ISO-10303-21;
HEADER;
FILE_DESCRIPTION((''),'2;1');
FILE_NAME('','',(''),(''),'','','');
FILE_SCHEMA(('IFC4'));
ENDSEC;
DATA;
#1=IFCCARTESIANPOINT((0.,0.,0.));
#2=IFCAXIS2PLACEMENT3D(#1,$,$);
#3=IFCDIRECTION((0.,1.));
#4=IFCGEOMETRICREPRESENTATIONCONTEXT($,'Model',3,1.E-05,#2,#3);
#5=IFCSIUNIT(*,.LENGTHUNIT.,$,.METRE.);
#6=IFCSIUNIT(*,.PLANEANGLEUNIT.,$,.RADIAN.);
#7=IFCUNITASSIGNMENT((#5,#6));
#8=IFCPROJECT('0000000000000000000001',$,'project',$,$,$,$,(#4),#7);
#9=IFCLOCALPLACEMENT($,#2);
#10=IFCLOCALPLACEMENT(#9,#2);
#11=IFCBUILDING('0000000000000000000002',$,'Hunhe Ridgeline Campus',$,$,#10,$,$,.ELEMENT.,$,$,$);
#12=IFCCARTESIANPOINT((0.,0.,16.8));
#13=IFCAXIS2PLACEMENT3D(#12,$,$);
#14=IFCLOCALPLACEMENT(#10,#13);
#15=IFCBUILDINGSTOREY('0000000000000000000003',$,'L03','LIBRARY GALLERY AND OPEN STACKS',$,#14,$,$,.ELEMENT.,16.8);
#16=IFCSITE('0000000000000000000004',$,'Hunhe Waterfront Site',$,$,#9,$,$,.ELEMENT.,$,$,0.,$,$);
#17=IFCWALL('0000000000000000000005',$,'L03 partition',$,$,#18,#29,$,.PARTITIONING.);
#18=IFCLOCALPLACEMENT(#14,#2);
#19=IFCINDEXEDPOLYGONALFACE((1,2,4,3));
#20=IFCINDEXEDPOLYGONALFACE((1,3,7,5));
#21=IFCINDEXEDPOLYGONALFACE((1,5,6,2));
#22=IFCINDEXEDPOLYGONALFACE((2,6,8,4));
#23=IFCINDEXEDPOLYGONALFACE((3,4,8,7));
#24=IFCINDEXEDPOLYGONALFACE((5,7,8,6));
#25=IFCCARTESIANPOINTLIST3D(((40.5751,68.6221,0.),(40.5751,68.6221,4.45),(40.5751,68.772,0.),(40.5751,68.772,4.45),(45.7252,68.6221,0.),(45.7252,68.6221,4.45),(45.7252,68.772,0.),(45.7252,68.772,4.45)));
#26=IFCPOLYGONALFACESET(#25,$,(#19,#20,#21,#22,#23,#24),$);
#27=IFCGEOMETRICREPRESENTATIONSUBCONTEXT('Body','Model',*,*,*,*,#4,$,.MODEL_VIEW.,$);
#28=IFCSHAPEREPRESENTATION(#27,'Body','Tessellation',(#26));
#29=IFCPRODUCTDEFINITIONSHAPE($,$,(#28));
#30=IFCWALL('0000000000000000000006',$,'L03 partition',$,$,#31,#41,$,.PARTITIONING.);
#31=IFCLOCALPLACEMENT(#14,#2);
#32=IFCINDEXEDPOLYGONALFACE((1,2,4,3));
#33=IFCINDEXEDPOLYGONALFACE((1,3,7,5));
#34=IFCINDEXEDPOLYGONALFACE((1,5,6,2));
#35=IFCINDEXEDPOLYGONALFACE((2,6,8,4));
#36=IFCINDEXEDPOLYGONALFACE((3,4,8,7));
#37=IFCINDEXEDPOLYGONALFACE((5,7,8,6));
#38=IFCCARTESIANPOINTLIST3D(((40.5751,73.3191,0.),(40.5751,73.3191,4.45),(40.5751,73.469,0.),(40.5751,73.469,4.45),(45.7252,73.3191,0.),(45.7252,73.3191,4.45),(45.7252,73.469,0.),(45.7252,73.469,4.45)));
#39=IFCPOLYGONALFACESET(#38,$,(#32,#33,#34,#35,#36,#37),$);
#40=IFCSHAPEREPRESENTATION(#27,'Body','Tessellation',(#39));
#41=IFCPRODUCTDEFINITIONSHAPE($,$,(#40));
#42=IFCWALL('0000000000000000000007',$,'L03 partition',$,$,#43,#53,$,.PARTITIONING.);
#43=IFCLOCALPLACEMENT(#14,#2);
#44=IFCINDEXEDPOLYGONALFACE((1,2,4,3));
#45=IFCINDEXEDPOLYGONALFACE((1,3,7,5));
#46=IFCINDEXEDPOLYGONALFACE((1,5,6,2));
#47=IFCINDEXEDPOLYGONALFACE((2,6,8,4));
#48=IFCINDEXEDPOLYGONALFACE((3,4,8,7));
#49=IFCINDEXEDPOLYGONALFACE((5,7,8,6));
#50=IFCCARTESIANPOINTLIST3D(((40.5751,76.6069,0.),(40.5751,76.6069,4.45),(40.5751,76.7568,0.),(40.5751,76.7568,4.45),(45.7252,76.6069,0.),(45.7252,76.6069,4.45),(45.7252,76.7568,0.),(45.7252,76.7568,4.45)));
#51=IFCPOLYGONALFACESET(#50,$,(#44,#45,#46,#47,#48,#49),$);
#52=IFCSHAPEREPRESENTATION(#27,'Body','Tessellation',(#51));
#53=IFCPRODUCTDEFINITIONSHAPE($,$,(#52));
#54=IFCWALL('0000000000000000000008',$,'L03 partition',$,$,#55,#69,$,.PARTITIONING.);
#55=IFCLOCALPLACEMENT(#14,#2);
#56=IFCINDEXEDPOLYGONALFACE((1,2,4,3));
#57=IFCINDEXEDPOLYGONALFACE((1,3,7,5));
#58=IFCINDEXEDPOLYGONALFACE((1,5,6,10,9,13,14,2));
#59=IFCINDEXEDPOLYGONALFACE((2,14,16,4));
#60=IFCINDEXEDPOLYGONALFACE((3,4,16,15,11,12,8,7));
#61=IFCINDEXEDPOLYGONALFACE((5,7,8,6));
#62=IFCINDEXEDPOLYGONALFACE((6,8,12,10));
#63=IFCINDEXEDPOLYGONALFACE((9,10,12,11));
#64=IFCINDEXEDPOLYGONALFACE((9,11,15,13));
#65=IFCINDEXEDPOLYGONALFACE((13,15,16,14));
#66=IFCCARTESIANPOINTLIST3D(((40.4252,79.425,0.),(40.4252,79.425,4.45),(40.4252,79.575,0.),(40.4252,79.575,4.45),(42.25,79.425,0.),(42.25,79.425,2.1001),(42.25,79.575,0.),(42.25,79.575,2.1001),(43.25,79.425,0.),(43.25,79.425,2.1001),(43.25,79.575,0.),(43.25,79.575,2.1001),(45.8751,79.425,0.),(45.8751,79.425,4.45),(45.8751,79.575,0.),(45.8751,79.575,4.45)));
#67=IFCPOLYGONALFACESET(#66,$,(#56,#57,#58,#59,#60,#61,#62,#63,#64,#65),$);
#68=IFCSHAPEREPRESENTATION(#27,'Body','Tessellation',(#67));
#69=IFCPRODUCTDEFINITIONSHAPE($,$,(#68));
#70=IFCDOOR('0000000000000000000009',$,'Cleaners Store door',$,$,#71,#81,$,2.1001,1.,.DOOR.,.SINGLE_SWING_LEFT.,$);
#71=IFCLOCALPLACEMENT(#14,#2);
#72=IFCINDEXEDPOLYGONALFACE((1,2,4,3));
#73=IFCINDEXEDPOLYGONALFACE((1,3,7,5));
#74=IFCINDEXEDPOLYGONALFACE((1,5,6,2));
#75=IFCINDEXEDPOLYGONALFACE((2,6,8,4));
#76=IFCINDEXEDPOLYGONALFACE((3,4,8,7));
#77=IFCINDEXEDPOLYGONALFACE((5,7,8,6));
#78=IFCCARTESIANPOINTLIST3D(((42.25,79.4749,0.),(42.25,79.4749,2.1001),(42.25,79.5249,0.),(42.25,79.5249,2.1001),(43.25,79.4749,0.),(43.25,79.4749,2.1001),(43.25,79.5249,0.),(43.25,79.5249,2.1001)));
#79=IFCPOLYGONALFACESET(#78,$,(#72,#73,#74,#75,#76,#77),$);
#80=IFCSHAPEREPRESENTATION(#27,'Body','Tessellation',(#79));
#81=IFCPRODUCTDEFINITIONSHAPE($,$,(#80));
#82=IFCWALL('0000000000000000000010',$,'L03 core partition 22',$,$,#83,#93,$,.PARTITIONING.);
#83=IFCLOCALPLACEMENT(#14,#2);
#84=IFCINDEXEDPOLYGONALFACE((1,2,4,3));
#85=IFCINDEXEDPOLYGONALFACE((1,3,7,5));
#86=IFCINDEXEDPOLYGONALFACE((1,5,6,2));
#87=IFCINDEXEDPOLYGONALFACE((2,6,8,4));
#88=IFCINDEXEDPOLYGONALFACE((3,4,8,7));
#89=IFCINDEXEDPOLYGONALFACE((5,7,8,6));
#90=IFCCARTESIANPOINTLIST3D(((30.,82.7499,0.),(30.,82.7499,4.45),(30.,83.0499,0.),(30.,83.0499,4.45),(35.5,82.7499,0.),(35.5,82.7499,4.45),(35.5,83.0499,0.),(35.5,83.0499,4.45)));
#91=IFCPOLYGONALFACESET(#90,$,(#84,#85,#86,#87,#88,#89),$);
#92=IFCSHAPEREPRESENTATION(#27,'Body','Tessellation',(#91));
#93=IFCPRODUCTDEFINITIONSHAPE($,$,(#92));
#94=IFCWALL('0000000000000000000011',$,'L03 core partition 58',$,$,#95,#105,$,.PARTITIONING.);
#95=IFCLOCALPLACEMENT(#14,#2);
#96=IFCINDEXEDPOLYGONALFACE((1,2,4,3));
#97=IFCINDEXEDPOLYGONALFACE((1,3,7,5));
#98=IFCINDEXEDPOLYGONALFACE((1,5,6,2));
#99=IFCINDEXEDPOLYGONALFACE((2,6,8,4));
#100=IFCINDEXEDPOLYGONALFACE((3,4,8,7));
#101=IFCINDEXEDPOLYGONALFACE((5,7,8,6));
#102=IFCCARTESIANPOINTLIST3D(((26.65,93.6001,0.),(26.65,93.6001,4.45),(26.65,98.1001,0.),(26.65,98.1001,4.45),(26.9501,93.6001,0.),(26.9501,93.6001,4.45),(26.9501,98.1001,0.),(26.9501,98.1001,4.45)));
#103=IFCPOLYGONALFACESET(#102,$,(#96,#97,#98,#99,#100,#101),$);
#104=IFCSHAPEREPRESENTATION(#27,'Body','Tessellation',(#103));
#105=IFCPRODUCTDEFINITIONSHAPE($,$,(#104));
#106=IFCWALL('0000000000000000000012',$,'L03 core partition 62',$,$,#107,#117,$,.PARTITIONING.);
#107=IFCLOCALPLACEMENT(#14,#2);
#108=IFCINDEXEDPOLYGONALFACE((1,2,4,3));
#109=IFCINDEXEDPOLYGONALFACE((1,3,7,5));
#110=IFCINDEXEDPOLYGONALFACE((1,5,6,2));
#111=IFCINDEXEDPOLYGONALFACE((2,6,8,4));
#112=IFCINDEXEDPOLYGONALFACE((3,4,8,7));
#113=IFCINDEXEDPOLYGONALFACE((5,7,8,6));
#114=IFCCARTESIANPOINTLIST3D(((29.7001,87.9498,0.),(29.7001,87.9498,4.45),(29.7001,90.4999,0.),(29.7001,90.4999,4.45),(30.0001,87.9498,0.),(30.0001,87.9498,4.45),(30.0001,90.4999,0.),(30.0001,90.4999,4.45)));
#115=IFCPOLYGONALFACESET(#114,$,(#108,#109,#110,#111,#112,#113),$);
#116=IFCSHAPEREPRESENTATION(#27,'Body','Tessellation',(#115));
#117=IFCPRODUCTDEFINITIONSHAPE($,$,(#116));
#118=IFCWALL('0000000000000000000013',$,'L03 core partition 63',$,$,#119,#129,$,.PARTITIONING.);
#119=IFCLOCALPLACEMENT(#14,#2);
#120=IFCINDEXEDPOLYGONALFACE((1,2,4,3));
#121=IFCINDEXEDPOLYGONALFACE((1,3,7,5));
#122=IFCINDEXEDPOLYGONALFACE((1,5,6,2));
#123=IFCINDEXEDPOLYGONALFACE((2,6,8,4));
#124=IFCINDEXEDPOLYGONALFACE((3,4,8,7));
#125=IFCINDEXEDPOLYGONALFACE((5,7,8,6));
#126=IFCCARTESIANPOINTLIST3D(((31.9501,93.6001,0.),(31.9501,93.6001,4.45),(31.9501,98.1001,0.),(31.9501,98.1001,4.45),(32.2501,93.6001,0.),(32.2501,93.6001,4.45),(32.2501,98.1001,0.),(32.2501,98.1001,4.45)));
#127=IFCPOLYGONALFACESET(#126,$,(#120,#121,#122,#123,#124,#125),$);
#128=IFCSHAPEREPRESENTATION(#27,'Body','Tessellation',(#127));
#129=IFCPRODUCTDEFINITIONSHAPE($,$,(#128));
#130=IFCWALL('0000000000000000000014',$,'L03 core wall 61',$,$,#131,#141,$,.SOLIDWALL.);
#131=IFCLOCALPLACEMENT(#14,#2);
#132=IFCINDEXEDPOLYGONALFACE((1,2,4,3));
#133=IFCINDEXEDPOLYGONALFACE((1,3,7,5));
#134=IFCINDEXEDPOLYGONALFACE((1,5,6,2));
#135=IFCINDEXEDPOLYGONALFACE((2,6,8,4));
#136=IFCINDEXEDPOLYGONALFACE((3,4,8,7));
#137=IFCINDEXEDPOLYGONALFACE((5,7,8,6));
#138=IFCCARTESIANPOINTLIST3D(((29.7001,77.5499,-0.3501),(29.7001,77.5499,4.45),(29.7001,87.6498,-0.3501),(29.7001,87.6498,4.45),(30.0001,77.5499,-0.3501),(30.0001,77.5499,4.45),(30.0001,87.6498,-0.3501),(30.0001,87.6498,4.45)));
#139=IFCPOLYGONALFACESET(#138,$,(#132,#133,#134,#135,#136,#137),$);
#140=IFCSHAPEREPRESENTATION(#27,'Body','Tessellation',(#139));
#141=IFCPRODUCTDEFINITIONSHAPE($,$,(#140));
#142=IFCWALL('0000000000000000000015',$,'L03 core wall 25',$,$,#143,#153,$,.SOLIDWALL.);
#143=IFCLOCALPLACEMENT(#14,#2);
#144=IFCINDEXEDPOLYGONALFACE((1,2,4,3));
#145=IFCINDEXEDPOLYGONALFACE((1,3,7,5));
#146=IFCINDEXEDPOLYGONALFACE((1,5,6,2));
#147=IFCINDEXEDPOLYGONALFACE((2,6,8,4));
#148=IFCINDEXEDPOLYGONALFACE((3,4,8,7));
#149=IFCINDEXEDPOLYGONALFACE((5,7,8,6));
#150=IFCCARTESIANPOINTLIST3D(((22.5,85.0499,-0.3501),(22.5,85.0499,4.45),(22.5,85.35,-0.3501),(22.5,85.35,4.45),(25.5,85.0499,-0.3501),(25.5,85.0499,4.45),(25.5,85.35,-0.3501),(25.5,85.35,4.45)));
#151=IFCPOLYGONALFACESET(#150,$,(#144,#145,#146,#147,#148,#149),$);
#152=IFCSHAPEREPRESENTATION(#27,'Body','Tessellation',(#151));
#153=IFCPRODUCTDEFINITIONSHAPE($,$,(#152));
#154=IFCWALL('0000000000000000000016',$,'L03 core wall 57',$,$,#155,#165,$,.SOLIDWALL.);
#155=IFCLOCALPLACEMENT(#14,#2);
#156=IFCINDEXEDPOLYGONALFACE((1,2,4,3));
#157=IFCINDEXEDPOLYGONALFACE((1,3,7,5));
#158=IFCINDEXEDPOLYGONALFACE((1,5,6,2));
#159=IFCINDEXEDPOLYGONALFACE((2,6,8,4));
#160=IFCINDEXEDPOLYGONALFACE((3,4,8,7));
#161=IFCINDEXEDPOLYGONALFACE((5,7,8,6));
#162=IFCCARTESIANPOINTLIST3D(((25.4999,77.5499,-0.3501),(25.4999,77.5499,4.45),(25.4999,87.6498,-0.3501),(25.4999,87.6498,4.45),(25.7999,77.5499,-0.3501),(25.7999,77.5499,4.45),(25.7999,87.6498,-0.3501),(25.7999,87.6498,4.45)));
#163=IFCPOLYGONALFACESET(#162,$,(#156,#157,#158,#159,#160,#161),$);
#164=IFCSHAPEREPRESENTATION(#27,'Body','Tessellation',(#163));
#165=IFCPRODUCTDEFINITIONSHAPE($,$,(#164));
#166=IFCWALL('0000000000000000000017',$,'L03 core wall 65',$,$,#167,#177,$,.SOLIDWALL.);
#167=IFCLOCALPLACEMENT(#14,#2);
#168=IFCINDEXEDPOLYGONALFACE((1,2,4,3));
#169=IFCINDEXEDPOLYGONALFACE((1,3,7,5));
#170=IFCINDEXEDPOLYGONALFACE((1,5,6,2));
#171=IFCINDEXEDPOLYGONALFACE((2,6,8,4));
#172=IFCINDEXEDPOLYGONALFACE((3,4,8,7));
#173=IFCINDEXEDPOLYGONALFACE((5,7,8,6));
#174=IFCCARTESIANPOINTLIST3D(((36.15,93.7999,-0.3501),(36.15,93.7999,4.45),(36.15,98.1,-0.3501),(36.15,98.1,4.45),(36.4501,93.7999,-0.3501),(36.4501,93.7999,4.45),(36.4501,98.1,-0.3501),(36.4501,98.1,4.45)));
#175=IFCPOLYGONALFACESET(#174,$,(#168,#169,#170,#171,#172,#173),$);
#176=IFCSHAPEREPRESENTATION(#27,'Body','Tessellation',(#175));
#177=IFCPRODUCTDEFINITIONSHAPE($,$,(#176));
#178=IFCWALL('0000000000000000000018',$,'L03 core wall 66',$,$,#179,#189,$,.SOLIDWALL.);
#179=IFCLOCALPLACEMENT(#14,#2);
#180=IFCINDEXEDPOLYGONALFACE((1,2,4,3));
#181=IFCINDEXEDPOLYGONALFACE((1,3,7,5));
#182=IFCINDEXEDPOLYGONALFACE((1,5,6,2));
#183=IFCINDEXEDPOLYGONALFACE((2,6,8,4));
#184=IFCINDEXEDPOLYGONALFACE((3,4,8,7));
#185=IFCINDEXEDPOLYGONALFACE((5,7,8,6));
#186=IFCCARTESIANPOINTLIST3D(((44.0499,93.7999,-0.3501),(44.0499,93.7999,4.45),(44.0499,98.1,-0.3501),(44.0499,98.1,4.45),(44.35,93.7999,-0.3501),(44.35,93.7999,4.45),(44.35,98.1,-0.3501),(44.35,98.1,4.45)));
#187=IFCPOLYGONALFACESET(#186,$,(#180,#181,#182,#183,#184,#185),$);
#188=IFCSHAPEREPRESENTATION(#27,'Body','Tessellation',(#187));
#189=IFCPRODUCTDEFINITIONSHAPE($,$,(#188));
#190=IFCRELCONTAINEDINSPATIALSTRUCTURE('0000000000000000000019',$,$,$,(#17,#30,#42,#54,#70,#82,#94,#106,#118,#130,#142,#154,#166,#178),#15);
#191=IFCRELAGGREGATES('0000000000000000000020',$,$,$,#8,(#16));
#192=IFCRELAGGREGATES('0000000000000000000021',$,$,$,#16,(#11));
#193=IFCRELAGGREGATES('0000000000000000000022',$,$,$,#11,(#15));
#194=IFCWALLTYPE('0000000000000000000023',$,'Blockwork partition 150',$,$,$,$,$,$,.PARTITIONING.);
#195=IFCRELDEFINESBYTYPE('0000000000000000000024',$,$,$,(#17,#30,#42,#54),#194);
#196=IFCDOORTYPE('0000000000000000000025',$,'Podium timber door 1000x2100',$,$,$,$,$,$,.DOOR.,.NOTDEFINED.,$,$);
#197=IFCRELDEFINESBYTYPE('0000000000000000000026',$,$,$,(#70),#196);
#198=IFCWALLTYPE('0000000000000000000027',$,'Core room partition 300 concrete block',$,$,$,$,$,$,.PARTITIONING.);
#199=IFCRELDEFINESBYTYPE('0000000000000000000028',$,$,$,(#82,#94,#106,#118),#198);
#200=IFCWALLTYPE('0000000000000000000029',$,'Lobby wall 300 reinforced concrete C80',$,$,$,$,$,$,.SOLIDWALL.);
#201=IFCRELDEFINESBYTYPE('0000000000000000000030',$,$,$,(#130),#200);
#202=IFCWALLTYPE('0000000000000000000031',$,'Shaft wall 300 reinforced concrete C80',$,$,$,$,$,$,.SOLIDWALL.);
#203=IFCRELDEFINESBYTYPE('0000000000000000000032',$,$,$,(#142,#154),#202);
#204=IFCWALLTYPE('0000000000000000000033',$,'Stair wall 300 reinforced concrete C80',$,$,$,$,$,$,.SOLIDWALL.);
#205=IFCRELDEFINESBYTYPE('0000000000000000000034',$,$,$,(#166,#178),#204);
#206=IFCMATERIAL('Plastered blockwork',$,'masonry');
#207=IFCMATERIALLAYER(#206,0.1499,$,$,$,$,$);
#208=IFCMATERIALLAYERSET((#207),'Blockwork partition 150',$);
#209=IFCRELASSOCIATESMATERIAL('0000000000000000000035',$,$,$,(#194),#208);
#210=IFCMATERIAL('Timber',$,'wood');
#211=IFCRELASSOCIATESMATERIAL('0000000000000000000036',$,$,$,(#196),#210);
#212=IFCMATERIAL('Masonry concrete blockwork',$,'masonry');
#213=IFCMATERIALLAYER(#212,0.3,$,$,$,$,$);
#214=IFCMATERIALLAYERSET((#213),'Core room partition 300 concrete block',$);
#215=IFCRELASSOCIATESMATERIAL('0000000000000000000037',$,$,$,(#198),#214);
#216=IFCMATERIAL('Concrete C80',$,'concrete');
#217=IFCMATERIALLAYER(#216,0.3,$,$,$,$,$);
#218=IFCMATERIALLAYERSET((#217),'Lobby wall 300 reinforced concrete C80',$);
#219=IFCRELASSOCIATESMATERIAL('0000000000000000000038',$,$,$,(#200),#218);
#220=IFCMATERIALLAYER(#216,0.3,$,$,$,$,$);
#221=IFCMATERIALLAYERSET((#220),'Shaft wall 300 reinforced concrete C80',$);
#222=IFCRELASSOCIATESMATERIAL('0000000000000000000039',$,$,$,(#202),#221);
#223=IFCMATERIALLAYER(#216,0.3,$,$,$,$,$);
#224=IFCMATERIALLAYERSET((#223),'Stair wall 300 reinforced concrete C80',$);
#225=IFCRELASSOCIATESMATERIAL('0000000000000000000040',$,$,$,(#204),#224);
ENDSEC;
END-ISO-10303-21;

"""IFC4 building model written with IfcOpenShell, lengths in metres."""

from ifc_helpers import new_model, si_unit, direction, frame, frame_2d, origin, place, context, subcontext, project, spatial, rectangle, extrude, material, layer, layer_set, type_object, element, fill, save


model = new_model("IFC4")

# Units and contexts
model_context = context("Model", 3, precision=1e-05, world=origin(), true_north=direction((0.0, 1.0)))
body_context = subcontext(model_context, "Body", "Model", "MODEL_VIEW")
ifc_project = project(units=[si_unit("LENGTHUNIT", "METRE"), si_unit("PLANEANGLEUNIT", "RADIAN")], contexts=[model_context])

# Site, building, storey
site_placement = place(None, origin())
site = spatial("IfcSite", under=ifc_project, at=site_placement, Name="Hunhe Waterfront Site", CompositionType="ELEMENT", RefElevation=0.0)
building_placement = place(site_placement, origin())
building = spatial("IfcBuilding", under=site, at=building_placement, Name="Hunhe Ridgeline Campus", CompositionType="ELEMENT")
storey_placement = place(building_placement, frame((0.0, 0.0, 16.8)))
storey = spatial("IfcBuildingStorey", under=building, at=storey_placement, Name="L03", Description="LIBRARY GALLERY AND OPEN STACKS", CompositionType="ELEMENT", Elevation=16.8)

# Walls
ifc_material_1 = material(Name="Plastered blockwork", Category="masonry")
ifc_layer_1 = layer(ifc_material_1, 0.1499)
ifc_layer_set_1 = layer_set([ifc_layer_1], Name="Blockwork partition 150")
wall_type_1 = type_object("IfcWallType", Name="Blockwork partition 150", PredefinedType="PARTITIONING", material=ifc_layer_set_1)
for number, where, z_axis, x_axis, name in (
    (1, (40.575, 68.697, 0.0), (0.0, 0.0, 1.0), (1.0, 0.0, 0.0), "L03 partition"),
    (2, (40.575, 73.394, 0.0), (0.0, 0.0, 1.0), (1.0, 0.0, 0.0), "L03 partition"),
    (3, (40.575, 76.6819, 0.0), (0.0, 0.0, 1.0), (1.0, 0.0, 0.0), "L03 partition"),
):
    element("IfcWall", number, at=place(storey_placement, frame(where, z_axis=z_axis, x_axis=x_axis)), inside=storey, type_object=wall_type_1, Name=name, PredefinedType="PARTITIONING", context=body_context, shape_type="SweptSolid", body=[
        extrude(rectangle(XDim=5.1501, YDim=0.1499, at=frame_2d((2.5752, 0.0))), origin(), (0.0, 0.0, 1.0), 4.45),
    ])

# Wall, opening, door
wall_1_placement = place(storey_placement, frame((40.425, 79.5, 0.0), z_axis=(0.0, 0.0, 1.0), x_axis=(1.0, 0.0, 0.0)))
wall_1 = element("IfcWall", 4, at=wall_1_placement, inside=storey, type_object=wall_type_1, Name="L03 partition", PredefinedType="PARTITIONING", context=body_context, shape_type="SweptSolid", body=[
    extrude(rectangle(XDim=5.45, YDim=0.1499, at=frame_2d((2.7251, 0.0))), origin(), (0.0, 0.0, 1.0), 4.45),
])
opening_1_placement = place(wall_1_placement, frame((1.825, 0.0, 0.0)))
opening_1 = element("IfcOpeningElement", 5, at=opening_1_placement, cuts=wall_1, PredefinedType="OPENING", context=body_context, shape_type="SweptSolid", body=[
    extrude(rectangle(XDim=1.0, YDim=2.1001, at=frame_2d((0.5, 1.05))), frame((0.0, 0.075, 0.0), z_axis=(0.0, -1.0, 0.0), x_axis=(1.0, 0.0, 0.0)), (0.0, 0.0, 1.0), 0.1499),
])
ifc_material_2 = material(Name="Timber", Category="wood")
door_type_1 = type_object("IfcDoorType", Name="Podium timber door 1000x2100", OperationType="NOTDEFINED", PredefinedType="DOOR", material=ifc_material_2)
door_1_placement = place(opening_1_placement, origin())
door_1 = element("IfcDoor", 6, at=door_1_placement, inside=storey, type_object=door_type_1, Name="Cleaners Store door", OperationType="SINGLE_SWING_LEFT", OverallHeight=2.1001, OverallWidth=1.0, PredefinedType="DOOR", context=body_context, shape_type="SweptSolid", body=[
    extrude(rectangle(XDim=1.0, YDim=2.1001, at=frame_2d((0.5, 1.05))), frame((0.0, 0.0249, 0.0), z_axis=(0.0, -1.0, 0.0), x_axis=(1.0, 0.0, 0.0)), (0.0, 0.0, 1.0), 0.05),
])
fill(opening_1, door_1)
ifc_material_3 = material(Name="Masonry concrete blockwork", Category="masonry")
ifc_layer_2 = layer(ifc_material_3, 0.3)
ifc_layer_set_2 = layer_set([ifc_layer_2], Name="Core room partition 300 concrete block")
wall_type_2 = type_object("IfcWallType", Name="Core room partition 300 concrete block", PredefinedType="PARTITIONING", material=ifc_layer_set_2)

# Walls
wall_2_placement = place(storey_placement, frame((30.0, 82.8999, 0.0), z_axis=(0.0, 0.0, 1.0), x_axis=(1.0, 0.0, 0.0)))
element("IfcWall", 7, at=wall_2_placement, inside=storey, type_object=wall_type_2, Name="L03 core partition 22", PredefinedType="PARTITIONING", context=body_context, shape_type="SweptSolid", body=[
    extrude(rectangle(XDim=5.5, YDim=0.3, at=frame_2d((2.75, 0.0))), origin(), (0.0, 0.0, 1.0), 4.45),
])
wall_3_placement = place(storey_placement, frame((26.8, 93.6001, 0.0), z_axis=(0.0, 0.0, 1.0), x_axis=(0.0, 1.0, 0.0)))
element("IfcWall", 8, at=wall_3_placement, inside=storey, type_object=wall_type_2, Name="L03 core partition 58", PredefinedType="PARTITIONING", context=body_context, shape_type="SweptSolid", body=[
    extrude(rectangle(XDim=4.5, YDim=0.3, at=frame_2d((2.25, 0.0))), origin(), (0.0, 0.0, 1.0), 4.45),
])
wall_4_placement = place(storey_placement, frame((29.8501, 87.95, 0.0), z_axis=(0.0, 0.0, 1.0), x_axis=(0.0, 1.0, 0.0)))
element("IfcWall", 9, at=wall_4_placement, inside=storey, type_object=wall_type_2, Name="L03 core partition 62", PredefinedType="PARTITIONING", context=body_context, shape_type="SweptSolid", body=[
    extrude(rectangle(XDim=2.55, YDim=0.3, at=frame_2d((1.2749, 0.0))), origin(), (0.0, 0.0, 1.0), 4.45),
])
wall_5_placement = place(storey_placement, frame((32.1001, 93.6001, 0.0), z_axis=(0.0, 0.0, 1.0), x_axis=(0.0, 1.0, 0.0)))
element("IfcWall", 10, at=wall_5_placement, inside=storey, type_object=wall_type_2, Name="L03 core partition 63", PredefinedType="PARTITIONING", context=body_context, shape_type="SweptSolid", body=[
    extrude(rectangle(XDim=4.5, YDim=0.3, at=frame_2d((2.25, 0.0))), origin(), (0.0, 0.0, 1.0), 4.45),
])
ifc_material_4 = material(Name="Concrete C80", Category="concrete")
ifc_layer_3 = layer(ifc_material_4, 0.3)
ifc_layer_set_3 = layer_set([ifc_layer_3], Name="Lobby wall 300 reinforced concrete C80")
wall_type_3 = type_object("IfcWallType", Name="Lobby wall 300 reinforced concrete C80", PredefinedType="SOLIDWALL", material=ifc_layer_set_3)
wall_6_placement = place(storey_placement, frame((29.8501, 77.55, -0.3501), z_axis=(0.0, 0.0, 1.0), x_axis=(0.0, 1.0, 0.0)))
element("IfcWall", 11, at=wall_6_placement, inside=storey, type_object=wall_type_3, Name="L03 core wall 61", PredefinedType="SOLIDWALL", context=body_context, shape_type="SweptSolid", body=[
    extrude(rectangle(XDim=10.0999, YDim=0.3, at=frame_2d((5.0498, 0.0))), origin(), (0.0, 0.0, 1.0), 4.8),
])
ifc_layer_4 = layer(ifc_material_4, 0.3)
ifc_layer_set_4 = layer_set([ifc_layer_4], Name="Shaft wall 300 reinforced concrete C80")
wall_type_4 = type_object("IfcWallType", Name="Shaft wall 300 reinforced concrete C80", PredefinedType="SOLIDWALL", material=ifc_layer_set_4)
wall_7_placement = place(storey_placement, frame((22.5, 85.2, -0.3501), z_axis=(0.0, 0.0, 1.0), x_axis=(1.0, 0.0, 0.0)))
element("IfcWall", 12, at=wall_7_placement, inside=storey, type_object=wall_type_4, Name="L03 core wall 25", PredefinedType="SOLIDWALL", context=body_context, shape_type="SweptSolid", body=[
    extrude(rectangle(XDim=3.0, YDim=0.3, at=frame_2d((1.5, 0.0))), origin(), (0.0, 0.0, 1.0), 4.8),
])
wall_8_placement = place(storey_placement, frame((25.6499, 77.55, -0.3501), z_axis=(0.0, 0.0, 1.0), x_axis=(0.0, 1.0, 0.0)))
element("IfcWall", 13, at=wall_8_placement, inside=storey, type_object=wall_type_4, Name="L03 core wall 57", PredefinedType="SOLIDWALL", context=body_context, shape_type="SweptSolid", body=[
    extrude(rectangle(XDim=10.0999, YDim=0.3, at=frame_2d((5.0498, 0.0))), origin(), (0.0, 0.0, 1.0), 4.8),
])

# Shared definitions
ifc_layer_5 = layer(ifc_material_4, 0.3)
ifc_layer_set_5 = layer_set([ifc_layer_5], Name="Stair wall 300 reinforced concrete C80")
wall_type_5 = type_object("IfcWallType", Name="Stair wall 300 reinforced concrete C80", PredefinedType="SOLIDWALL", material=ifc_layer_set_5)

# Walls
for number, where, z_axis, x_axis, name in (
    (14, (36.3, 93.8, -0.3501), (0.0, 0.0, 1.0), (0.0, 1.0, 0.0), "L03 core wall 65"),
    (15, (44.2, 93.8, -0.3501), (0.0, 0.0, 1.0), (0.0, 1.0, 0.0), "L03 core wall 66"),
):
    element("IfcWall", number, at=place(storey_placement, frame(where, z_axis=z_axis, x_axis=x_axis)), inside=storey, type_object=wall_type_5, Name=name, PredefinedType="SOLIDWALL", context=body_context, shape_type="SweptSolid", body=[
        extrude(rectangle(XDim=4.3, YDim=0.3, at=frame_2d((2.1499, 0.0))), origin(), (0.0, 0.0, 1.0), 4.8),
    ])

save(model, "model.ifc")
